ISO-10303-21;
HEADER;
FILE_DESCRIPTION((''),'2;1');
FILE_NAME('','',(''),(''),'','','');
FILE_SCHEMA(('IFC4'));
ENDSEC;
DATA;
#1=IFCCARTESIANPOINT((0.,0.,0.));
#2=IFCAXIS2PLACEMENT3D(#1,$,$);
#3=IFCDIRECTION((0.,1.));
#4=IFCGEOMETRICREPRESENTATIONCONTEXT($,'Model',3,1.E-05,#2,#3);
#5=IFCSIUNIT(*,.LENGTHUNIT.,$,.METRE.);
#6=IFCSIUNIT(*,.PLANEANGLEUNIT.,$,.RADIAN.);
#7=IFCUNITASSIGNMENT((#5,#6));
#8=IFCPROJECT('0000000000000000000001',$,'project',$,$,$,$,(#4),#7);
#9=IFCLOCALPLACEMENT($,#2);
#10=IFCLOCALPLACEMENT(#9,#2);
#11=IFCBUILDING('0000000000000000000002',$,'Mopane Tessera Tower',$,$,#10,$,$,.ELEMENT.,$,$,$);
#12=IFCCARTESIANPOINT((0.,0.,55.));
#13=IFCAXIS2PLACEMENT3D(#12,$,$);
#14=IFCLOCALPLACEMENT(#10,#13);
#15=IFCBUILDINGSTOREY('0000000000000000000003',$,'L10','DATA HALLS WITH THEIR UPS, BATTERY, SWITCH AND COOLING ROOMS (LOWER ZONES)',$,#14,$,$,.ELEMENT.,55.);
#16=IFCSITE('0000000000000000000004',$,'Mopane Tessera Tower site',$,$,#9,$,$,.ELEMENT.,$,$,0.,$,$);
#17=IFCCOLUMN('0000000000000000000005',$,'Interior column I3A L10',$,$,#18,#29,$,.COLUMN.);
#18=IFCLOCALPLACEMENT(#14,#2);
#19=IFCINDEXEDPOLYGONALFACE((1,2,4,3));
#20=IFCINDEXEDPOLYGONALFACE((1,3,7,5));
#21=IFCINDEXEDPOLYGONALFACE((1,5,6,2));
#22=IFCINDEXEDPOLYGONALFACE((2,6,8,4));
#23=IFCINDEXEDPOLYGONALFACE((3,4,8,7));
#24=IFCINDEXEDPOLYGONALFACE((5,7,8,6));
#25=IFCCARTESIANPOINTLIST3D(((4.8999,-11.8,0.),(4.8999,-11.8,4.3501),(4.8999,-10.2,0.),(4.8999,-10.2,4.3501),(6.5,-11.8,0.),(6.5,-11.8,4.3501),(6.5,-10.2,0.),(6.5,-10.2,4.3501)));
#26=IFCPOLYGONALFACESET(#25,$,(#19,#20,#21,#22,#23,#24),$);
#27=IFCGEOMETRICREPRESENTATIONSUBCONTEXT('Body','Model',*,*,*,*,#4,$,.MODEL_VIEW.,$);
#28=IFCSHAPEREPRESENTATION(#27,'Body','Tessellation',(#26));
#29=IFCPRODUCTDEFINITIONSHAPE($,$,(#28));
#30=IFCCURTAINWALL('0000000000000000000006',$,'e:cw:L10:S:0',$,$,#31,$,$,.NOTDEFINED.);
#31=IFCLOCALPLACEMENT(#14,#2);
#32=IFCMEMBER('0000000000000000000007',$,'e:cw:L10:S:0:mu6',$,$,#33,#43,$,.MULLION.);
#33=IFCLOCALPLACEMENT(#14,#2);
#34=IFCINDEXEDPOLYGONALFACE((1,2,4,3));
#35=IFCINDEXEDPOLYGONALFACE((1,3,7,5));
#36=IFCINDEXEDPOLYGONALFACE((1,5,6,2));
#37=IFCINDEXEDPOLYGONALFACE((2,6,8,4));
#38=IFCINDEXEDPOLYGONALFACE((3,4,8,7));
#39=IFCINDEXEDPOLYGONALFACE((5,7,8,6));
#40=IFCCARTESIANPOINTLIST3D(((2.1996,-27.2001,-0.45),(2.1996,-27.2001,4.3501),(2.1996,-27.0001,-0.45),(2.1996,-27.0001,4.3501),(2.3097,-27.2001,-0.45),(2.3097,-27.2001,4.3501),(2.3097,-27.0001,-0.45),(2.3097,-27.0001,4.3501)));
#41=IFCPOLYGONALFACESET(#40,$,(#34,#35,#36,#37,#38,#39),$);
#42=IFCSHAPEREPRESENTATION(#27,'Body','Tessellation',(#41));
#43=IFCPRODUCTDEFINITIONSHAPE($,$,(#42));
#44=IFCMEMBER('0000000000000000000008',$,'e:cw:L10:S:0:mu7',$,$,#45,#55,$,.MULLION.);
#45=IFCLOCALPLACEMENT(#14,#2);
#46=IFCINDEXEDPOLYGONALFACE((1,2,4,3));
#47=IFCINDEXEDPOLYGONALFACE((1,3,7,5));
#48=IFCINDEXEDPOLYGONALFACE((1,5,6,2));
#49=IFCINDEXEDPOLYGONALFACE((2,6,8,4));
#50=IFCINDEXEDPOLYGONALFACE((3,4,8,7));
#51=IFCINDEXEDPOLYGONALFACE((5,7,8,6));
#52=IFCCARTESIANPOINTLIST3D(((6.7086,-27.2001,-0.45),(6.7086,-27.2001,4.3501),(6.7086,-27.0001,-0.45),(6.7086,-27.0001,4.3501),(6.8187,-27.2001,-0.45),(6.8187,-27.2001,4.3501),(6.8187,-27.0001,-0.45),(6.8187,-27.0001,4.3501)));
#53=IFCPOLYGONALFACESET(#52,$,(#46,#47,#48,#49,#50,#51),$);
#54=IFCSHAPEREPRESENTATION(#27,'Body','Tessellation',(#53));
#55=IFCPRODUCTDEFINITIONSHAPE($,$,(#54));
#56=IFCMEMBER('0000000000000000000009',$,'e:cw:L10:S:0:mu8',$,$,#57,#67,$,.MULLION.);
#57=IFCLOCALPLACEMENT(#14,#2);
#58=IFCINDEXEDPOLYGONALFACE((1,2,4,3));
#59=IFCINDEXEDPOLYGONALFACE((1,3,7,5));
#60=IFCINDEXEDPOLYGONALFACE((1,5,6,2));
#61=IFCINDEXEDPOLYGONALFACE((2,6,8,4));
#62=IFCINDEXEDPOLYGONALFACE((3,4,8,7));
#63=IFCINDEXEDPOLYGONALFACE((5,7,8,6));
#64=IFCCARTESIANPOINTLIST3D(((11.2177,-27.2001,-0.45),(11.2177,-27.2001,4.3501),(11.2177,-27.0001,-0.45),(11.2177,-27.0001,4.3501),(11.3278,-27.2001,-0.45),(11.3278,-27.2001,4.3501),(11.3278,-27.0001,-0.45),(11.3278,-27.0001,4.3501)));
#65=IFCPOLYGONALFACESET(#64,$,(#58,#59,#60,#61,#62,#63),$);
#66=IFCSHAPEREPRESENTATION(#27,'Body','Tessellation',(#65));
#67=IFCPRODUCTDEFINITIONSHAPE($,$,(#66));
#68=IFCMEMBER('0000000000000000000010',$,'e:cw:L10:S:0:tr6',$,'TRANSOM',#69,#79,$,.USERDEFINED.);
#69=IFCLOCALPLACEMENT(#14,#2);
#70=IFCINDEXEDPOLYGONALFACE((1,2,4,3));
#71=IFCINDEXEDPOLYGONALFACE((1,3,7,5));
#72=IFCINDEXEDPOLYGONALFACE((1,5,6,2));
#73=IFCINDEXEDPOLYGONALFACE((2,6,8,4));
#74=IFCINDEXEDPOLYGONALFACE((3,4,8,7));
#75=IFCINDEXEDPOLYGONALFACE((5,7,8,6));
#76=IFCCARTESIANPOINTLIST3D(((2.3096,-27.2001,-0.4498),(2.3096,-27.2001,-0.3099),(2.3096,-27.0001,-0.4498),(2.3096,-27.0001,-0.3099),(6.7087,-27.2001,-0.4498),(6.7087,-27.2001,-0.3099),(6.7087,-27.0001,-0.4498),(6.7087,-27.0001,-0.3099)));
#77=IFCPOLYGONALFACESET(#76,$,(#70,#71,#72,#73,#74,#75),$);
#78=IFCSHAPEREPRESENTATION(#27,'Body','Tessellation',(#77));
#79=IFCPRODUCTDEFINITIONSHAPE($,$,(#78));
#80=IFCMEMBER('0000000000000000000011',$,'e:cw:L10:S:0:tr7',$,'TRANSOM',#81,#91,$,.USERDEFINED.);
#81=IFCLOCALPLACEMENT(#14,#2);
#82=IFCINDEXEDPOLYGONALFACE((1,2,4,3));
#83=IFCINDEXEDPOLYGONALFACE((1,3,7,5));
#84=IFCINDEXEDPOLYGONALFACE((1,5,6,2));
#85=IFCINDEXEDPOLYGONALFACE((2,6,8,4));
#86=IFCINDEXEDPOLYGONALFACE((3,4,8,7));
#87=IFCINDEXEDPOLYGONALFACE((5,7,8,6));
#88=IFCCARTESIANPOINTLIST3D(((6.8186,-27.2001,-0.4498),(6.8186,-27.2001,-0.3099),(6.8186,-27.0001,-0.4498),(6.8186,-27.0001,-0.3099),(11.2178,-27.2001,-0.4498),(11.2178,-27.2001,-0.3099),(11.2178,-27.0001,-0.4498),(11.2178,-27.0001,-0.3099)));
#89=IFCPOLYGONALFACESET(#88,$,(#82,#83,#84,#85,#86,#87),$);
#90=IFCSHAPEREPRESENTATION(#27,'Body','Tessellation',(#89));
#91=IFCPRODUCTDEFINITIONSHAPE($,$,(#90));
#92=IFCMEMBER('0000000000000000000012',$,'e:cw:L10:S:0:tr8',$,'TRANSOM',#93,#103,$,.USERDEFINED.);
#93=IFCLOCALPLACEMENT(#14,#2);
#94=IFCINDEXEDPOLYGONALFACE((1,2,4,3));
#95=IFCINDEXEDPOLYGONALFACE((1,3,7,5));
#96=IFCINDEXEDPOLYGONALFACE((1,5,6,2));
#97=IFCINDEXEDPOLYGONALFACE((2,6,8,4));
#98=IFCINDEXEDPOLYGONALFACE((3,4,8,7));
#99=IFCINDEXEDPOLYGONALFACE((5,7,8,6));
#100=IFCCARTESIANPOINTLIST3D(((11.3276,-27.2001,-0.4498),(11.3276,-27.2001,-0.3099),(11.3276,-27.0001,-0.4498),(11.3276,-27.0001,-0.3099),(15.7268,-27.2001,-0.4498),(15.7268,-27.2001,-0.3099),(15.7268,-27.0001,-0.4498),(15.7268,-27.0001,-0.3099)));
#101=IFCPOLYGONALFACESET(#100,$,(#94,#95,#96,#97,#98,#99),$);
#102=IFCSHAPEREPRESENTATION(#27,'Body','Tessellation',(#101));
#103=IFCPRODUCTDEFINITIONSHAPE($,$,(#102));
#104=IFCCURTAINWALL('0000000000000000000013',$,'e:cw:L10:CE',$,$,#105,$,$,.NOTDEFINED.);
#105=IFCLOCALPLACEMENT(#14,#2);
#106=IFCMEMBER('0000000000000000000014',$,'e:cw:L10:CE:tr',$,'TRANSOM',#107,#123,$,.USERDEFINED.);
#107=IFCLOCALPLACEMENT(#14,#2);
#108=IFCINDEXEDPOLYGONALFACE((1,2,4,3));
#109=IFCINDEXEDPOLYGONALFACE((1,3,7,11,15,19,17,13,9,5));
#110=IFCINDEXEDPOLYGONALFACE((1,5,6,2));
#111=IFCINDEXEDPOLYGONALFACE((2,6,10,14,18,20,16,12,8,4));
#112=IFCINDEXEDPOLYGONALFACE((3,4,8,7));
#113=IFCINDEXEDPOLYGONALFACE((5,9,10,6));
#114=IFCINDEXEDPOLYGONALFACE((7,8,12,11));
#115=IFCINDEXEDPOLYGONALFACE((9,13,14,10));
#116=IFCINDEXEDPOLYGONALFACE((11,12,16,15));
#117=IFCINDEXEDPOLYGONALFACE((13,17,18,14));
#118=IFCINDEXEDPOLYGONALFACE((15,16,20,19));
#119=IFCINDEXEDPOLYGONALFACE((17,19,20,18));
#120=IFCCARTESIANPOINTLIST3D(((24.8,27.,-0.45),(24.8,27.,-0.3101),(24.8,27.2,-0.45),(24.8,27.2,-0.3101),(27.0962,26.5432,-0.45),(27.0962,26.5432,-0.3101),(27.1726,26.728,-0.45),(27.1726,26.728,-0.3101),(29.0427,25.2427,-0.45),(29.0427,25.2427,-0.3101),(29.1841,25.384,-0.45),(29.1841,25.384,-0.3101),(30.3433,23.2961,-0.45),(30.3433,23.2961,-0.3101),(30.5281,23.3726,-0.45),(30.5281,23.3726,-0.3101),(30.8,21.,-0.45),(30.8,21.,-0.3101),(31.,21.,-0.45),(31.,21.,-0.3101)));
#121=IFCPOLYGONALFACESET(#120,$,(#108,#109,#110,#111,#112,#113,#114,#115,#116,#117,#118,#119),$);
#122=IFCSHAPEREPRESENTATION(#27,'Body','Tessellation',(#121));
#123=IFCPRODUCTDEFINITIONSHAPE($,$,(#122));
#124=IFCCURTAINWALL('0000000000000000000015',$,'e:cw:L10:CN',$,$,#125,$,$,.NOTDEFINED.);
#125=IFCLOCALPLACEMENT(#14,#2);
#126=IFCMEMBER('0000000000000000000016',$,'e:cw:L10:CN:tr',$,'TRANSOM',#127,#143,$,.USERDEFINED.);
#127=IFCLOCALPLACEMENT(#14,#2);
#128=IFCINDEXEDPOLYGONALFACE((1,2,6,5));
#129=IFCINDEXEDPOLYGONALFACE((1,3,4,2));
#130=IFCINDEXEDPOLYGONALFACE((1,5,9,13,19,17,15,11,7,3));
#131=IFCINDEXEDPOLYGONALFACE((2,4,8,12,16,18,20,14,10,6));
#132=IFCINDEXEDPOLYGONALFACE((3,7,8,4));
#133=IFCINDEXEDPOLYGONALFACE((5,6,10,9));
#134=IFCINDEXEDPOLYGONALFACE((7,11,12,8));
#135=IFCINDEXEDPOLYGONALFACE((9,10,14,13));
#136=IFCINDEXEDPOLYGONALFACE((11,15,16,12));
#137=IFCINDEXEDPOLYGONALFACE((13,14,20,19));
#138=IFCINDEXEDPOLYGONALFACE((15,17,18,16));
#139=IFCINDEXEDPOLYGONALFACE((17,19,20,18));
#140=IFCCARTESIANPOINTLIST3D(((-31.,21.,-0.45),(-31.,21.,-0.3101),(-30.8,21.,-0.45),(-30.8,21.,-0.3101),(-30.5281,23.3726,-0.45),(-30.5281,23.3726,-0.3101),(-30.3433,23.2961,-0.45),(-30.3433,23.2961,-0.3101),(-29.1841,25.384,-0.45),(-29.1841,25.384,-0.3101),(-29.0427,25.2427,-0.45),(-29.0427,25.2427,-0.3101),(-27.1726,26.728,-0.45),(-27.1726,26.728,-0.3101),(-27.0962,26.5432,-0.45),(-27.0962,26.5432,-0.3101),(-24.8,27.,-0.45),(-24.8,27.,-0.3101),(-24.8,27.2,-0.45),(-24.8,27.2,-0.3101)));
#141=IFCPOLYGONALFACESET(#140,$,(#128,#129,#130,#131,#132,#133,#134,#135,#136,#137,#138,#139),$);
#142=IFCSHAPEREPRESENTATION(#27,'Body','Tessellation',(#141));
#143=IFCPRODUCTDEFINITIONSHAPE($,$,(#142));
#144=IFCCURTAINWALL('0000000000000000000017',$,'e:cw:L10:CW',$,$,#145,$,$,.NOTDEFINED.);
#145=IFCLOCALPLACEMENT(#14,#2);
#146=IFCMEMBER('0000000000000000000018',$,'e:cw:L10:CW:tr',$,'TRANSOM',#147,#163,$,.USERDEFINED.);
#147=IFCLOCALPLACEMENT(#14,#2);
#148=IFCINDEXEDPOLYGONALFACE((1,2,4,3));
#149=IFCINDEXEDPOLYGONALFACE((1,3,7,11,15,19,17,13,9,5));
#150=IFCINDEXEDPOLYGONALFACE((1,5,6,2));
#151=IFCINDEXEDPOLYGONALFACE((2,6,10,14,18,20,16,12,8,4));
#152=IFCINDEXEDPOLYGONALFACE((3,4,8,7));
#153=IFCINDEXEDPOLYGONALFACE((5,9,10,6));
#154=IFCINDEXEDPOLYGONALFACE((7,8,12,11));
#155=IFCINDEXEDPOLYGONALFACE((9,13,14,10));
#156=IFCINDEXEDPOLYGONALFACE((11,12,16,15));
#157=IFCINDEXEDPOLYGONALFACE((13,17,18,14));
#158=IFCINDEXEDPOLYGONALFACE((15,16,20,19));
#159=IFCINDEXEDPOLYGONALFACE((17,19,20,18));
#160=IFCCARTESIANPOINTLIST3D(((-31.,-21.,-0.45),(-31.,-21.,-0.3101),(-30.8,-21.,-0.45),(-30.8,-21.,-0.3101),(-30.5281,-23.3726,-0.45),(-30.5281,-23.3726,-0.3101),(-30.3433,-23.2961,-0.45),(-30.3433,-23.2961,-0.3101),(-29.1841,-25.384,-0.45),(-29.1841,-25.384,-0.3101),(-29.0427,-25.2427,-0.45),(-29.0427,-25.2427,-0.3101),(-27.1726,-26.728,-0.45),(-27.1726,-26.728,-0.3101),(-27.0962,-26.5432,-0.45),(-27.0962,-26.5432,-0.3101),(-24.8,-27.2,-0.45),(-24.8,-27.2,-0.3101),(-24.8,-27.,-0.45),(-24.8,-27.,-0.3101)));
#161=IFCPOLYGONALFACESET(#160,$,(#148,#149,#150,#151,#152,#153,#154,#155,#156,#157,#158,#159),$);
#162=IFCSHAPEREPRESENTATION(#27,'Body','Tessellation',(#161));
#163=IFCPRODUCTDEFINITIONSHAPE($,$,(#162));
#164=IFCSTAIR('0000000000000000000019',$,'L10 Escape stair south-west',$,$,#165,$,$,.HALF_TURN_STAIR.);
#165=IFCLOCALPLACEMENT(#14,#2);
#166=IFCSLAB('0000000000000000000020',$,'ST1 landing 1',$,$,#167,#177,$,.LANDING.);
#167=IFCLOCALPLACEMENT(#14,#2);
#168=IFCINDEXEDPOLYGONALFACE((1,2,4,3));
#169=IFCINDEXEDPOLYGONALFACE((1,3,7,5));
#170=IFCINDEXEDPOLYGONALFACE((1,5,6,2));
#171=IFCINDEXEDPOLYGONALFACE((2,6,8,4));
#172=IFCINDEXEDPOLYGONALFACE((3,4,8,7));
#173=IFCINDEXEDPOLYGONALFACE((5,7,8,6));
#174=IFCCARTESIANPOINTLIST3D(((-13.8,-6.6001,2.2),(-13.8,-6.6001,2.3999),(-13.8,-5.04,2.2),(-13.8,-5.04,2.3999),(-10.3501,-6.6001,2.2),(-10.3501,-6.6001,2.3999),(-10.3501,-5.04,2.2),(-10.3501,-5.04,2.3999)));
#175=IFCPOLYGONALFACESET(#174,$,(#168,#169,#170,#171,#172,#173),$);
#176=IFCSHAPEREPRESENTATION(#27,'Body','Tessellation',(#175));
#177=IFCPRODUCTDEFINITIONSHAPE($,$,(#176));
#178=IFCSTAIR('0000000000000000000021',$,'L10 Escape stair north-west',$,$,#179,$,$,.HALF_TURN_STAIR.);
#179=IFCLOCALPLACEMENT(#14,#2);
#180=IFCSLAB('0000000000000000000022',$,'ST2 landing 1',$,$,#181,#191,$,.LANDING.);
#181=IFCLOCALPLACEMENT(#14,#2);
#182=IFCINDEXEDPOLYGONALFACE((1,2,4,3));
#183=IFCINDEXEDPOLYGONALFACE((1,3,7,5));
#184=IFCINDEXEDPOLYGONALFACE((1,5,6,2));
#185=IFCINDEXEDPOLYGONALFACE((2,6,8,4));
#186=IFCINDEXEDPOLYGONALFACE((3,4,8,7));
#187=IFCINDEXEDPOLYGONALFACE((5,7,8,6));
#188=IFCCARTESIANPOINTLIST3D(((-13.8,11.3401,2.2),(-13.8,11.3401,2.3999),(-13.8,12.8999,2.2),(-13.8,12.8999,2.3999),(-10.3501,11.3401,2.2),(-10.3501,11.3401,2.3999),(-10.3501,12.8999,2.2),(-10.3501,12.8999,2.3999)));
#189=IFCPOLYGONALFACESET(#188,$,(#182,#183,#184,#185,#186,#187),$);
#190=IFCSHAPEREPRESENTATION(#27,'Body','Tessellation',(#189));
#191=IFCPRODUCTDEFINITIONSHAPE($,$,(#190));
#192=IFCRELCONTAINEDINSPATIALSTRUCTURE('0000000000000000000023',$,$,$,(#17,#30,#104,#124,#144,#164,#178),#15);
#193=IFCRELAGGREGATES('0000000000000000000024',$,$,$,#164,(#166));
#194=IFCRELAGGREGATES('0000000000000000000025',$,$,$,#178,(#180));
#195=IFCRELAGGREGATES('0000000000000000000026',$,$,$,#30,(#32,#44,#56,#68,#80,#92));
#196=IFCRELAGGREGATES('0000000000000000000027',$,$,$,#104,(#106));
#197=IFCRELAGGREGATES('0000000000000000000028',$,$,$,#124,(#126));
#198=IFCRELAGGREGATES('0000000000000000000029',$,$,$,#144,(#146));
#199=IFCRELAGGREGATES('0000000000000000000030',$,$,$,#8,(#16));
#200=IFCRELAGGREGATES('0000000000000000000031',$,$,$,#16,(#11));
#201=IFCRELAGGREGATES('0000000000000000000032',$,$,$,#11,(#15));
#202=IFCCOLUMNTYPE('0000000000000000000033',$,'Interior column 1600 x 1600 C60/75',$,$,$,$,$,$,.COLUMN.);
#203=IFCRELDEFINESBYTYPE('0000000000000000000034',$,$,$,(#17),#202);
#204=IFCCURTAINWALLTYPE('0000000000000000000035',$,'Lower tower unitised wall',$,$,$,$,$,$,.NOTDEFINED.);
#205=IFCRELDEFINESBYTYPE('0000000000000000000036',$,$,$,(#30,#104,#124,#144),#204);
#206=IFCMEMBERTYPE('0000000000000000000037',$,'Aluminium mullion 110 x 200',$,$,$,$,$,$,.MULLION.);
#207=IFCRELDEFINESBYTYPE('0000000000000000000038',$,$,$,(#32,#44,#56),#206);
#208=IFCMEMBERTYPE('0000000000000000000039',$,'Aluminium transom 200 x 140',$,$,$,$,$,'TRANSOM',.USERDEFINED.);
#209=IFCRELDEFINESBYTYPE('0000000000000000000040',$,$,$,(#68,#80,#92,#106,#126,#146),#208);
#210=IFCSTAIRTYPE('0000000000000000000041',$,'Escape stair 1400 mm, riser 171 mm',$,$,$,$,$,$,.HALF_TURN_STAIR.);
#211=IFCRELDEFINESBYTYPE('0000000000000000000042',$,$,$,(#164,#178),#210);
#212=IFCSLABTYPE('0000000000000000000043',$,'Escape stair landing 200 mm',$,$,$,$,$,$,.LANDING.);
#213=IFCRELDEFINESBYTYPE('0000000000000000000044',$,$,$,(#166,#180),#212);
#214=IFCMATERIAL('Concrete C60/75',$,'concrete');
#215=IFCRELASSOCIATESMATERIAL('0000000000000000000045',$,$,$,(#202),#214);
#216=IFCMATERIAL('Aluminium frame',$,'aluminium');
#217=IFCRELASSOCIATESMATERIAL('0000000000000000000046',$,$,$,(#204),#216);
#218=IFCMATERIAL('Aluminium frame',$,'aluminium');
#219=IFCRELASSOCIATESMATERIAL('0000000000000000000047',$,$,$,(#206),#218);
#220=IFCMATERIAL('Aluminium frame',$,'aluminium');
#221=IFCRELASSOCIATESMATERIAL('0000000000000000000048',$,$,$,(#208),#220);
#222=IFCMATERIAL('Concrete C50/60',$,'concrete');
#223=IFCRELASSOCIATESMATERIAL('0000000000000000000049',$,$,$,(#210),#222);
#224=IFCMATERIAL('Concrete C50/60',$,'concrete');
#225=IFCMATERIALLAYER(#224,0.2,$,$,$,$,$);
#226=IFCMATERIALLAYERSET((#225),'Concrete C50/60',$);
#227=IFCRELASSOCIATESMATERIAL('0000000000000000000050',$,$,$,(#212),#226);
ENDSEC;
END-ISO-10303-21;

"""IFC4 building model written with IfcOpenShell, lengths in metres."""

from ifc_helpers import new_model, si_unit, direction, frame, origin, origin_2d, place, context, subcontext, project, spatial, polyline, rectangle, outline, extrude, material, layer, layer_set, material_profile, profile_set, type_object, element, aggregate, save


model = new_model("IFC4")

# Units and contexts
model_context = context("Model", 3, precision=1e-05, world=origin(), true_north=direction((0.0, 1.0)))
body_context = subcontext(model_context, "Body", "Model", "MODEL_VIEW")
ifc_project = project(units=[si_unit("LENGTHUNIT", "METRE"), si_unit("PLANEANGLEUNIT", "RADIAN")], contexts=[model_context])

# Site, building, storey
site_placement = place(None, origin())
site = spatial("IfcSite", under=ifc_project, at=site_placement, Name="Mopane Tessera Tower site", CompositionType="ELEMENT", RefElevation=0.0)
building_placement = place(site_placement, origin())
building = spatial("IfcBuilding", under=site, at=building_placement, Name="Mopane Tessera Tower", CompositionType="ELEMENT")
storey_placement = place(building_placement, frame((0.0, 0.0, 55.0)))
storey = spatial("IfcBuildingStorey", under=building, at=storey_placement, Name="L10", Description="DATA HALLS WITH THEIR UPS, BATTERY, SWITCH AND COOLING ROOMS (LOWER ZONES)", CompositionType="ELEMENT", Elevation=55.0)

# Column
ifc_material_1 = material(Name="Concrete C60/75", Category="concrete")
ifc_material_profile_1 = material_profile(ifc_material_1, rectangle(XDim=1.6001, YDim=1.6001, at=origin_2d()))
ifc_profile_set_1 = profile_set([ifc_material_profile_1], Name="Concrete C60/75")
column_type = type_object("IfcColumnType", Name="Interior column 1600 x 1600 C60/75", PredefinedType="COLUMN", material=ifc_profile_set_1)
column_placement = place(storey_placement, frame((5.7, -11.0, 0.0), z_axis=(0.0, 0.0, 1.0), x_axis=(1.0, 0.0, 0.0)))
element("IfcColumn", 1, at=column_placement, inside=storey, type_object=column_type, Name="Interior column I3A L10", PredefinedType="COLUMN", context=body_context, shape_type="SweptSolid", body=[
    extrude(rectangle(XDim=1.6001, YDim=1.6001, at=origin_2d()), origin(), (0.0, 0.0, 1.0), 4.3501),
])

# Curtain wall, members
ifc_material_2 = material(Name="Aluminium frame", Category="aluminium")
curtain_wall_type = type_object("IfcCurtainWallType", Name="Lower tower unitised wall", PredefinedType="NOTDEFINED", material=ifc_material_2)
curtain_wall_1_placement = place(storey_placement, origin())
curtain_wall_1 = element("IfcCurtainWall", 2, at=curtain_wall_1_placement, inside=storey, type_object=curtain_wall_type, Name="e:cw:L10:S:0", PredefinedType="NOTDEFINED")
ifc_material_3 = material(Name="Aluminium frame", Category="aluminium")
ifc_material_profile_2 = material_profile(ifc_material_3, rectangle(XDim=0.1101, YDim=0.2, at=origin_2d()))
ifc_profile_set_2 = profile_set([ifc_material_profile_2], Name="Aluminium frame")
member_type_1 = type_object("IfcMemberType", Name="Aluminium mullion 110 x 200", PredefinedType="MULLION", material=ifc_profile_set_2)
member_1_placement = place(storey_placement, frame((2.2546, -27.1001, -0.45), z_axis=(0.0, 0.0, 1.0), x_axis=(1.0, 0.0, 0.0)))
member_1 = element("IfcMember", 3, at=member_1_placement, type_object=member_type_1, Name="e:cw:L10:S:0:mu6", PredefinedType="MULLION", context=body_context, shape_type="SweptSolid", body=[
    extrude(rectangle(XDim=0.1101, YDim=0.2, at=origin_2d()), origin(), (0.0, 0.0, 1.0), 4.8),
])
member_2_placement = place(storey_placement, frame((6.7637, -27.1001, -0.45), z_axis=(0.0, 0.0, 1.0), x_axis=(1.0, 0.0, 0.0)))
member_2 = element("IfcMember", 4, at=member_2_placement, type_object=member_type_1, Name="e:cw:L10:S:0:mu7", PredefinedType="MULLION", context=body_context, shape_type="SweptSolid", body=[
    extrude(rectangle(XDim=0.1101, YDim=0.2, at=origin_2d()), origin(), (0.0, 0.0, 1.0), 4.8),
])
member_3_placement = place(storey_placement, frame((11.2727, -27.1001, -0.45), z_axis=(0.0, 0.0, 1.0), x_axis=(1.0, 0.0, 0.0)))
member_3 = element("IfcMember", 5, at=member_3_placement, type_object=member_type_1, Name="e:cw:L10:S:0:mu8", PredefinedType="MULLION", context=body_context, shape_type="SweptSolid", body=[
    extrude(rectangle(XDim=0.1101, YDim=0.2, at=origin_2d()), origin(), (0.0, 0.0, 1.0), 4.8),
])
ifc_material_4 = material(Name="Aluminium frame", Category="aluminium")
ifc_material_profile_3 = material_profile(ifc_material_4, rectangle(XDim=0.2, YDim=0.1399, at=origin_2d()))
ifc_profile_set_3 = profile_set([ifc_material_profile_3], Name="Aluminium frame")
member_type_2 = type_object("IfcMemberType", Name="Aluminium transom 200 x 140", ElementType="TRANSOM", PredefinedType="USERDEFINED", material=ifc_profile_set_3)
member_4_placement = place(storey_placement, frame((2.3096, -27.1001, -0.3799), z_axis=(1.0, 0.0, 0.0), x_axis=(0.0, 1.0, 0.0)))
member_4 = element("IfcMember", 6, at=member_4_placement, type_object=member_type_2, Name="e:cw:L10:S:0:tr6", ObjectType="TRANSOM", PredefinedType="USERDEFINED", context=body_context, shape_type="SweptSolid", body=[
    extrude(rectangle(XDim=0.2, YDim=0.1399, at=origin_2d()), origin(), (0.0, 0.0, 1.0), 4.3992),
])
member_5_placement = place(storey_placement, frame((6.8186, -27.1001, -0.3799), z_axis=(1.0, 0.0, 0.0), x_axis=(0.0, 1.0, 0.0)))
member_5 = element("IfcMember", 7, at=member_5_placement, type_object=member_type_2, Name="e:cw:L10:S:0:tr7", ObjectType="TRANSOM", PredefinedType="USERDEFINED", context=body_context, shape_type="SweptSolid", body=[
    extrude(rectangle(XDim=0.2, YDim=0.1399, at=origin_2d()), origin(), (0.0, 0.0, 1.0), 4.3992),
])
member_6_placement = place(storey_placement, frame((11.3276, -27.1001, -0.3799), z_axis=(1.0, 0.0, 0.0), x_axis=(0.0, 1.0, 0.0)))
member_6 = element("IfcMember", 8, at=member_6_placement, type_object=member_type_2, Name="e:cw:L10:S:0:tr8", ObjectType="TRANSOM", PredefinedType="USERDEFINED", context=body_context, shape_type="SweptSolid", body=[
    extrude(rectangle(XDim=0.2, YDim=0.1399, at=origin_2d()), origin(), (0.0, 0.0, 1.0), 4.3992),
])

# Curtain walls, members
curtain_wall_2_placement = place(storey_placement, origin())
curtain_wall_2 = element("IfcCurtainWall", 9, at=curtain_wall_2_placement, inside=storey, type_object=curtain_wall_type, Name="e:cw:L10:CE", PredefinedType="NOTDEFINED")
member_7_placement = place(storey_placement, frame((0.0, 0.0, -0.45)))
member_7 = element("IfcMember", 10, at=member_7_placement, type_object=member_type_2, Name="e:cw:L10:CE:tr", ObjectType="TRANSOM", PredefinedType="USERDEFINED", context=body_context, shape_type="SweptSolid", body=[
    extrude(outline(polyline([(30.8, 21.0), (30.3433, 23.2961), (29.0427, 25.2427), (27.0962, 26.5432), (24.8, 27.0), (24.8, 27.2), (27.1726, 26.728), (29.1841, 25.384), (30.5281, 23.3726), (31.0, 21.0), (30.8, 21.0)])), origin(), (0.0, 0.0, 1.0), 0.1399),
])
curtain_wall_3_placement = place(storey_placement, origin())
curtain_wall_3 = element("IfcCurtainWall", 11, at=curtain_wall_3_placement, inside=storey, type_object=curtain_wall_type, Name="e:cw:L10:CN", PredefinedType="NOTDEFINED")
member_8_placement = place(storey_placement, frame((0.0, 0.0, -0.45)))
member_8 = element("IfcMember", 12, at=member_8_placement, type_object=member_type_2, Name="e:cw:L10:CN:tr", ObjectType="TRANSOM", PredefinedType="USERDEFINED", context=body_context, shape_type="SweptSolid", body=[
    extrude(outline(polyline([(-24.8, 27.0), (-27.0962, 26.5432), (-29.0427, 25.2427), (-30.3433, 23.2961), (-30.8, 21.0), (-31.0, 21.0), (-30.5281, 23.3726), (-29.1841, 25.384), (-27.1726, 26.728), (-24.8, 27.2), (-24.8, 27.0)])), origin(), (0.0, 0.0, 1.0), 0.1399),
])
curtain_wall_4_placement = place(storey_placement, origin())
curtain_wall_4 = element("IfcCurtainWall", 13, at=curtain_wall_4_placement, inside=storey, type_object=curtain_wall_type, Name="e:cw:L10:CW", PredefinedType="NOTDEFINED")
member_9_placement = place(storey_placement, frame((0.0, 0.0, -0.45)))
member_9 = element("IfcMember", 14, at=member_9_placement, type_object=member_type_2, Name="e:cw:L10:CW:tr", ObjectType="TRANSOM", PredefinedType="USERDEFINED", context=body_context, shape_type="SweptSolid", body=[
    extrude(outline(polyline([(-30.8, -21.0), (-30.3433, -23.2961), (-29.0427, -25.2427), (-27.0962, -26.5432), (-24.8, -27.0), (-24.8, -27.2), (-27.1726, -26.728), (-29.1841, -25.384), (-30.5281, -23.3726), (-31.0, -21.0), (-30.8, -21.0)])), origin(), (0.0, 0.0, 1.0), 0.1399),
])

# Stairs, slabs
ifc_material_5 = material(Name="Concrete C50/60", Category="concrete")
stair_type = type_object("IfcStairType", Name="Escape stair 1400 mm, riser 171 mm", PredefinedType="HALF_TURN_STAIR", material=ifc_material_5)
stair_1_placement = place(storey_placement, origin())
stair_1 = element("IfcStair", 15, at=stair_1_placement, inside=storey, type_object=stair_type, Name="L10 Escape stair south-west", PredefinedType="HALF_TURN_STAIR")
ifc_material_6 = material(Name="Concrete C50/60", Category="concrete")
ifc_layer_1 = layer(ifc_material_6, 0.2)
ifc_layer_set_1 = layer_set([ifc_layer_1], Name="Concrete C50/60")
slab_type = type_object("IfcSlabType", Name="Escape stair landing 200 mm", PredefinedType="LANDING", material=ifc_layer_set_1)
slab_1_placement = place(storey_placement, frame((0.0, 0.0, 2.2)))
slab_1 = element("IfcSlab", 16, at=slab_1_placement, type_object=slab_type, Name="ST1 landing 1", PredefinedType="LANDING", context=body_context, shape_type="SweptSolid", body=[
    extrude(outline(polyline([(-13.8, -5.04), (-13.8, -6.6001), (-10.3501, -6.6001), (-10.3501, -5.04), (-13.8, -5.04)])), origin(), (0.0, 0.0, 1.0), 0.2),
])
aggregate(stair_1, [slab_1])
stair_2_placement = place(storey_placement, origin())
stair_2 = element("IfcStair", 17, at=stair_2_placement, inside=storey, type_object=stair_type, Name="L10 Escape stair north-west", PredefinedType="HALF_TURN_STAIR")
slab_2_placement = place(storey_placement, frame((0.0, 0.0, 2.2)))
slab_2 = element("IfcSlab", 18, at=slab_2_placement, type_object=slab_type, Name="ST2 landing 1", PredefinedType="LANDING", context=body_context, shape_type="SweptSolid", body=[
    extrude(outline(polyline([(-10.3501, 11.3401), (-10.3501, 12.8999), (-13.8, 12.8999), (-13.8, 11.3401), (-10.3501, 11.3401)])), origin(), (0.0, 0.0, 1.0), 0.2),
])
aggregate(stair_2, [slab_2])

aggregate(curtain_wall_1, [member_1, member_2, member_3, member_4, member_5, member_6])

aggregate(curtain_wall_2, [member_7])
aggregate(curtain_wall_3, [member_8])
aggregate(curtain_wall_4, [member_9])

save(model, "model.ifc")
